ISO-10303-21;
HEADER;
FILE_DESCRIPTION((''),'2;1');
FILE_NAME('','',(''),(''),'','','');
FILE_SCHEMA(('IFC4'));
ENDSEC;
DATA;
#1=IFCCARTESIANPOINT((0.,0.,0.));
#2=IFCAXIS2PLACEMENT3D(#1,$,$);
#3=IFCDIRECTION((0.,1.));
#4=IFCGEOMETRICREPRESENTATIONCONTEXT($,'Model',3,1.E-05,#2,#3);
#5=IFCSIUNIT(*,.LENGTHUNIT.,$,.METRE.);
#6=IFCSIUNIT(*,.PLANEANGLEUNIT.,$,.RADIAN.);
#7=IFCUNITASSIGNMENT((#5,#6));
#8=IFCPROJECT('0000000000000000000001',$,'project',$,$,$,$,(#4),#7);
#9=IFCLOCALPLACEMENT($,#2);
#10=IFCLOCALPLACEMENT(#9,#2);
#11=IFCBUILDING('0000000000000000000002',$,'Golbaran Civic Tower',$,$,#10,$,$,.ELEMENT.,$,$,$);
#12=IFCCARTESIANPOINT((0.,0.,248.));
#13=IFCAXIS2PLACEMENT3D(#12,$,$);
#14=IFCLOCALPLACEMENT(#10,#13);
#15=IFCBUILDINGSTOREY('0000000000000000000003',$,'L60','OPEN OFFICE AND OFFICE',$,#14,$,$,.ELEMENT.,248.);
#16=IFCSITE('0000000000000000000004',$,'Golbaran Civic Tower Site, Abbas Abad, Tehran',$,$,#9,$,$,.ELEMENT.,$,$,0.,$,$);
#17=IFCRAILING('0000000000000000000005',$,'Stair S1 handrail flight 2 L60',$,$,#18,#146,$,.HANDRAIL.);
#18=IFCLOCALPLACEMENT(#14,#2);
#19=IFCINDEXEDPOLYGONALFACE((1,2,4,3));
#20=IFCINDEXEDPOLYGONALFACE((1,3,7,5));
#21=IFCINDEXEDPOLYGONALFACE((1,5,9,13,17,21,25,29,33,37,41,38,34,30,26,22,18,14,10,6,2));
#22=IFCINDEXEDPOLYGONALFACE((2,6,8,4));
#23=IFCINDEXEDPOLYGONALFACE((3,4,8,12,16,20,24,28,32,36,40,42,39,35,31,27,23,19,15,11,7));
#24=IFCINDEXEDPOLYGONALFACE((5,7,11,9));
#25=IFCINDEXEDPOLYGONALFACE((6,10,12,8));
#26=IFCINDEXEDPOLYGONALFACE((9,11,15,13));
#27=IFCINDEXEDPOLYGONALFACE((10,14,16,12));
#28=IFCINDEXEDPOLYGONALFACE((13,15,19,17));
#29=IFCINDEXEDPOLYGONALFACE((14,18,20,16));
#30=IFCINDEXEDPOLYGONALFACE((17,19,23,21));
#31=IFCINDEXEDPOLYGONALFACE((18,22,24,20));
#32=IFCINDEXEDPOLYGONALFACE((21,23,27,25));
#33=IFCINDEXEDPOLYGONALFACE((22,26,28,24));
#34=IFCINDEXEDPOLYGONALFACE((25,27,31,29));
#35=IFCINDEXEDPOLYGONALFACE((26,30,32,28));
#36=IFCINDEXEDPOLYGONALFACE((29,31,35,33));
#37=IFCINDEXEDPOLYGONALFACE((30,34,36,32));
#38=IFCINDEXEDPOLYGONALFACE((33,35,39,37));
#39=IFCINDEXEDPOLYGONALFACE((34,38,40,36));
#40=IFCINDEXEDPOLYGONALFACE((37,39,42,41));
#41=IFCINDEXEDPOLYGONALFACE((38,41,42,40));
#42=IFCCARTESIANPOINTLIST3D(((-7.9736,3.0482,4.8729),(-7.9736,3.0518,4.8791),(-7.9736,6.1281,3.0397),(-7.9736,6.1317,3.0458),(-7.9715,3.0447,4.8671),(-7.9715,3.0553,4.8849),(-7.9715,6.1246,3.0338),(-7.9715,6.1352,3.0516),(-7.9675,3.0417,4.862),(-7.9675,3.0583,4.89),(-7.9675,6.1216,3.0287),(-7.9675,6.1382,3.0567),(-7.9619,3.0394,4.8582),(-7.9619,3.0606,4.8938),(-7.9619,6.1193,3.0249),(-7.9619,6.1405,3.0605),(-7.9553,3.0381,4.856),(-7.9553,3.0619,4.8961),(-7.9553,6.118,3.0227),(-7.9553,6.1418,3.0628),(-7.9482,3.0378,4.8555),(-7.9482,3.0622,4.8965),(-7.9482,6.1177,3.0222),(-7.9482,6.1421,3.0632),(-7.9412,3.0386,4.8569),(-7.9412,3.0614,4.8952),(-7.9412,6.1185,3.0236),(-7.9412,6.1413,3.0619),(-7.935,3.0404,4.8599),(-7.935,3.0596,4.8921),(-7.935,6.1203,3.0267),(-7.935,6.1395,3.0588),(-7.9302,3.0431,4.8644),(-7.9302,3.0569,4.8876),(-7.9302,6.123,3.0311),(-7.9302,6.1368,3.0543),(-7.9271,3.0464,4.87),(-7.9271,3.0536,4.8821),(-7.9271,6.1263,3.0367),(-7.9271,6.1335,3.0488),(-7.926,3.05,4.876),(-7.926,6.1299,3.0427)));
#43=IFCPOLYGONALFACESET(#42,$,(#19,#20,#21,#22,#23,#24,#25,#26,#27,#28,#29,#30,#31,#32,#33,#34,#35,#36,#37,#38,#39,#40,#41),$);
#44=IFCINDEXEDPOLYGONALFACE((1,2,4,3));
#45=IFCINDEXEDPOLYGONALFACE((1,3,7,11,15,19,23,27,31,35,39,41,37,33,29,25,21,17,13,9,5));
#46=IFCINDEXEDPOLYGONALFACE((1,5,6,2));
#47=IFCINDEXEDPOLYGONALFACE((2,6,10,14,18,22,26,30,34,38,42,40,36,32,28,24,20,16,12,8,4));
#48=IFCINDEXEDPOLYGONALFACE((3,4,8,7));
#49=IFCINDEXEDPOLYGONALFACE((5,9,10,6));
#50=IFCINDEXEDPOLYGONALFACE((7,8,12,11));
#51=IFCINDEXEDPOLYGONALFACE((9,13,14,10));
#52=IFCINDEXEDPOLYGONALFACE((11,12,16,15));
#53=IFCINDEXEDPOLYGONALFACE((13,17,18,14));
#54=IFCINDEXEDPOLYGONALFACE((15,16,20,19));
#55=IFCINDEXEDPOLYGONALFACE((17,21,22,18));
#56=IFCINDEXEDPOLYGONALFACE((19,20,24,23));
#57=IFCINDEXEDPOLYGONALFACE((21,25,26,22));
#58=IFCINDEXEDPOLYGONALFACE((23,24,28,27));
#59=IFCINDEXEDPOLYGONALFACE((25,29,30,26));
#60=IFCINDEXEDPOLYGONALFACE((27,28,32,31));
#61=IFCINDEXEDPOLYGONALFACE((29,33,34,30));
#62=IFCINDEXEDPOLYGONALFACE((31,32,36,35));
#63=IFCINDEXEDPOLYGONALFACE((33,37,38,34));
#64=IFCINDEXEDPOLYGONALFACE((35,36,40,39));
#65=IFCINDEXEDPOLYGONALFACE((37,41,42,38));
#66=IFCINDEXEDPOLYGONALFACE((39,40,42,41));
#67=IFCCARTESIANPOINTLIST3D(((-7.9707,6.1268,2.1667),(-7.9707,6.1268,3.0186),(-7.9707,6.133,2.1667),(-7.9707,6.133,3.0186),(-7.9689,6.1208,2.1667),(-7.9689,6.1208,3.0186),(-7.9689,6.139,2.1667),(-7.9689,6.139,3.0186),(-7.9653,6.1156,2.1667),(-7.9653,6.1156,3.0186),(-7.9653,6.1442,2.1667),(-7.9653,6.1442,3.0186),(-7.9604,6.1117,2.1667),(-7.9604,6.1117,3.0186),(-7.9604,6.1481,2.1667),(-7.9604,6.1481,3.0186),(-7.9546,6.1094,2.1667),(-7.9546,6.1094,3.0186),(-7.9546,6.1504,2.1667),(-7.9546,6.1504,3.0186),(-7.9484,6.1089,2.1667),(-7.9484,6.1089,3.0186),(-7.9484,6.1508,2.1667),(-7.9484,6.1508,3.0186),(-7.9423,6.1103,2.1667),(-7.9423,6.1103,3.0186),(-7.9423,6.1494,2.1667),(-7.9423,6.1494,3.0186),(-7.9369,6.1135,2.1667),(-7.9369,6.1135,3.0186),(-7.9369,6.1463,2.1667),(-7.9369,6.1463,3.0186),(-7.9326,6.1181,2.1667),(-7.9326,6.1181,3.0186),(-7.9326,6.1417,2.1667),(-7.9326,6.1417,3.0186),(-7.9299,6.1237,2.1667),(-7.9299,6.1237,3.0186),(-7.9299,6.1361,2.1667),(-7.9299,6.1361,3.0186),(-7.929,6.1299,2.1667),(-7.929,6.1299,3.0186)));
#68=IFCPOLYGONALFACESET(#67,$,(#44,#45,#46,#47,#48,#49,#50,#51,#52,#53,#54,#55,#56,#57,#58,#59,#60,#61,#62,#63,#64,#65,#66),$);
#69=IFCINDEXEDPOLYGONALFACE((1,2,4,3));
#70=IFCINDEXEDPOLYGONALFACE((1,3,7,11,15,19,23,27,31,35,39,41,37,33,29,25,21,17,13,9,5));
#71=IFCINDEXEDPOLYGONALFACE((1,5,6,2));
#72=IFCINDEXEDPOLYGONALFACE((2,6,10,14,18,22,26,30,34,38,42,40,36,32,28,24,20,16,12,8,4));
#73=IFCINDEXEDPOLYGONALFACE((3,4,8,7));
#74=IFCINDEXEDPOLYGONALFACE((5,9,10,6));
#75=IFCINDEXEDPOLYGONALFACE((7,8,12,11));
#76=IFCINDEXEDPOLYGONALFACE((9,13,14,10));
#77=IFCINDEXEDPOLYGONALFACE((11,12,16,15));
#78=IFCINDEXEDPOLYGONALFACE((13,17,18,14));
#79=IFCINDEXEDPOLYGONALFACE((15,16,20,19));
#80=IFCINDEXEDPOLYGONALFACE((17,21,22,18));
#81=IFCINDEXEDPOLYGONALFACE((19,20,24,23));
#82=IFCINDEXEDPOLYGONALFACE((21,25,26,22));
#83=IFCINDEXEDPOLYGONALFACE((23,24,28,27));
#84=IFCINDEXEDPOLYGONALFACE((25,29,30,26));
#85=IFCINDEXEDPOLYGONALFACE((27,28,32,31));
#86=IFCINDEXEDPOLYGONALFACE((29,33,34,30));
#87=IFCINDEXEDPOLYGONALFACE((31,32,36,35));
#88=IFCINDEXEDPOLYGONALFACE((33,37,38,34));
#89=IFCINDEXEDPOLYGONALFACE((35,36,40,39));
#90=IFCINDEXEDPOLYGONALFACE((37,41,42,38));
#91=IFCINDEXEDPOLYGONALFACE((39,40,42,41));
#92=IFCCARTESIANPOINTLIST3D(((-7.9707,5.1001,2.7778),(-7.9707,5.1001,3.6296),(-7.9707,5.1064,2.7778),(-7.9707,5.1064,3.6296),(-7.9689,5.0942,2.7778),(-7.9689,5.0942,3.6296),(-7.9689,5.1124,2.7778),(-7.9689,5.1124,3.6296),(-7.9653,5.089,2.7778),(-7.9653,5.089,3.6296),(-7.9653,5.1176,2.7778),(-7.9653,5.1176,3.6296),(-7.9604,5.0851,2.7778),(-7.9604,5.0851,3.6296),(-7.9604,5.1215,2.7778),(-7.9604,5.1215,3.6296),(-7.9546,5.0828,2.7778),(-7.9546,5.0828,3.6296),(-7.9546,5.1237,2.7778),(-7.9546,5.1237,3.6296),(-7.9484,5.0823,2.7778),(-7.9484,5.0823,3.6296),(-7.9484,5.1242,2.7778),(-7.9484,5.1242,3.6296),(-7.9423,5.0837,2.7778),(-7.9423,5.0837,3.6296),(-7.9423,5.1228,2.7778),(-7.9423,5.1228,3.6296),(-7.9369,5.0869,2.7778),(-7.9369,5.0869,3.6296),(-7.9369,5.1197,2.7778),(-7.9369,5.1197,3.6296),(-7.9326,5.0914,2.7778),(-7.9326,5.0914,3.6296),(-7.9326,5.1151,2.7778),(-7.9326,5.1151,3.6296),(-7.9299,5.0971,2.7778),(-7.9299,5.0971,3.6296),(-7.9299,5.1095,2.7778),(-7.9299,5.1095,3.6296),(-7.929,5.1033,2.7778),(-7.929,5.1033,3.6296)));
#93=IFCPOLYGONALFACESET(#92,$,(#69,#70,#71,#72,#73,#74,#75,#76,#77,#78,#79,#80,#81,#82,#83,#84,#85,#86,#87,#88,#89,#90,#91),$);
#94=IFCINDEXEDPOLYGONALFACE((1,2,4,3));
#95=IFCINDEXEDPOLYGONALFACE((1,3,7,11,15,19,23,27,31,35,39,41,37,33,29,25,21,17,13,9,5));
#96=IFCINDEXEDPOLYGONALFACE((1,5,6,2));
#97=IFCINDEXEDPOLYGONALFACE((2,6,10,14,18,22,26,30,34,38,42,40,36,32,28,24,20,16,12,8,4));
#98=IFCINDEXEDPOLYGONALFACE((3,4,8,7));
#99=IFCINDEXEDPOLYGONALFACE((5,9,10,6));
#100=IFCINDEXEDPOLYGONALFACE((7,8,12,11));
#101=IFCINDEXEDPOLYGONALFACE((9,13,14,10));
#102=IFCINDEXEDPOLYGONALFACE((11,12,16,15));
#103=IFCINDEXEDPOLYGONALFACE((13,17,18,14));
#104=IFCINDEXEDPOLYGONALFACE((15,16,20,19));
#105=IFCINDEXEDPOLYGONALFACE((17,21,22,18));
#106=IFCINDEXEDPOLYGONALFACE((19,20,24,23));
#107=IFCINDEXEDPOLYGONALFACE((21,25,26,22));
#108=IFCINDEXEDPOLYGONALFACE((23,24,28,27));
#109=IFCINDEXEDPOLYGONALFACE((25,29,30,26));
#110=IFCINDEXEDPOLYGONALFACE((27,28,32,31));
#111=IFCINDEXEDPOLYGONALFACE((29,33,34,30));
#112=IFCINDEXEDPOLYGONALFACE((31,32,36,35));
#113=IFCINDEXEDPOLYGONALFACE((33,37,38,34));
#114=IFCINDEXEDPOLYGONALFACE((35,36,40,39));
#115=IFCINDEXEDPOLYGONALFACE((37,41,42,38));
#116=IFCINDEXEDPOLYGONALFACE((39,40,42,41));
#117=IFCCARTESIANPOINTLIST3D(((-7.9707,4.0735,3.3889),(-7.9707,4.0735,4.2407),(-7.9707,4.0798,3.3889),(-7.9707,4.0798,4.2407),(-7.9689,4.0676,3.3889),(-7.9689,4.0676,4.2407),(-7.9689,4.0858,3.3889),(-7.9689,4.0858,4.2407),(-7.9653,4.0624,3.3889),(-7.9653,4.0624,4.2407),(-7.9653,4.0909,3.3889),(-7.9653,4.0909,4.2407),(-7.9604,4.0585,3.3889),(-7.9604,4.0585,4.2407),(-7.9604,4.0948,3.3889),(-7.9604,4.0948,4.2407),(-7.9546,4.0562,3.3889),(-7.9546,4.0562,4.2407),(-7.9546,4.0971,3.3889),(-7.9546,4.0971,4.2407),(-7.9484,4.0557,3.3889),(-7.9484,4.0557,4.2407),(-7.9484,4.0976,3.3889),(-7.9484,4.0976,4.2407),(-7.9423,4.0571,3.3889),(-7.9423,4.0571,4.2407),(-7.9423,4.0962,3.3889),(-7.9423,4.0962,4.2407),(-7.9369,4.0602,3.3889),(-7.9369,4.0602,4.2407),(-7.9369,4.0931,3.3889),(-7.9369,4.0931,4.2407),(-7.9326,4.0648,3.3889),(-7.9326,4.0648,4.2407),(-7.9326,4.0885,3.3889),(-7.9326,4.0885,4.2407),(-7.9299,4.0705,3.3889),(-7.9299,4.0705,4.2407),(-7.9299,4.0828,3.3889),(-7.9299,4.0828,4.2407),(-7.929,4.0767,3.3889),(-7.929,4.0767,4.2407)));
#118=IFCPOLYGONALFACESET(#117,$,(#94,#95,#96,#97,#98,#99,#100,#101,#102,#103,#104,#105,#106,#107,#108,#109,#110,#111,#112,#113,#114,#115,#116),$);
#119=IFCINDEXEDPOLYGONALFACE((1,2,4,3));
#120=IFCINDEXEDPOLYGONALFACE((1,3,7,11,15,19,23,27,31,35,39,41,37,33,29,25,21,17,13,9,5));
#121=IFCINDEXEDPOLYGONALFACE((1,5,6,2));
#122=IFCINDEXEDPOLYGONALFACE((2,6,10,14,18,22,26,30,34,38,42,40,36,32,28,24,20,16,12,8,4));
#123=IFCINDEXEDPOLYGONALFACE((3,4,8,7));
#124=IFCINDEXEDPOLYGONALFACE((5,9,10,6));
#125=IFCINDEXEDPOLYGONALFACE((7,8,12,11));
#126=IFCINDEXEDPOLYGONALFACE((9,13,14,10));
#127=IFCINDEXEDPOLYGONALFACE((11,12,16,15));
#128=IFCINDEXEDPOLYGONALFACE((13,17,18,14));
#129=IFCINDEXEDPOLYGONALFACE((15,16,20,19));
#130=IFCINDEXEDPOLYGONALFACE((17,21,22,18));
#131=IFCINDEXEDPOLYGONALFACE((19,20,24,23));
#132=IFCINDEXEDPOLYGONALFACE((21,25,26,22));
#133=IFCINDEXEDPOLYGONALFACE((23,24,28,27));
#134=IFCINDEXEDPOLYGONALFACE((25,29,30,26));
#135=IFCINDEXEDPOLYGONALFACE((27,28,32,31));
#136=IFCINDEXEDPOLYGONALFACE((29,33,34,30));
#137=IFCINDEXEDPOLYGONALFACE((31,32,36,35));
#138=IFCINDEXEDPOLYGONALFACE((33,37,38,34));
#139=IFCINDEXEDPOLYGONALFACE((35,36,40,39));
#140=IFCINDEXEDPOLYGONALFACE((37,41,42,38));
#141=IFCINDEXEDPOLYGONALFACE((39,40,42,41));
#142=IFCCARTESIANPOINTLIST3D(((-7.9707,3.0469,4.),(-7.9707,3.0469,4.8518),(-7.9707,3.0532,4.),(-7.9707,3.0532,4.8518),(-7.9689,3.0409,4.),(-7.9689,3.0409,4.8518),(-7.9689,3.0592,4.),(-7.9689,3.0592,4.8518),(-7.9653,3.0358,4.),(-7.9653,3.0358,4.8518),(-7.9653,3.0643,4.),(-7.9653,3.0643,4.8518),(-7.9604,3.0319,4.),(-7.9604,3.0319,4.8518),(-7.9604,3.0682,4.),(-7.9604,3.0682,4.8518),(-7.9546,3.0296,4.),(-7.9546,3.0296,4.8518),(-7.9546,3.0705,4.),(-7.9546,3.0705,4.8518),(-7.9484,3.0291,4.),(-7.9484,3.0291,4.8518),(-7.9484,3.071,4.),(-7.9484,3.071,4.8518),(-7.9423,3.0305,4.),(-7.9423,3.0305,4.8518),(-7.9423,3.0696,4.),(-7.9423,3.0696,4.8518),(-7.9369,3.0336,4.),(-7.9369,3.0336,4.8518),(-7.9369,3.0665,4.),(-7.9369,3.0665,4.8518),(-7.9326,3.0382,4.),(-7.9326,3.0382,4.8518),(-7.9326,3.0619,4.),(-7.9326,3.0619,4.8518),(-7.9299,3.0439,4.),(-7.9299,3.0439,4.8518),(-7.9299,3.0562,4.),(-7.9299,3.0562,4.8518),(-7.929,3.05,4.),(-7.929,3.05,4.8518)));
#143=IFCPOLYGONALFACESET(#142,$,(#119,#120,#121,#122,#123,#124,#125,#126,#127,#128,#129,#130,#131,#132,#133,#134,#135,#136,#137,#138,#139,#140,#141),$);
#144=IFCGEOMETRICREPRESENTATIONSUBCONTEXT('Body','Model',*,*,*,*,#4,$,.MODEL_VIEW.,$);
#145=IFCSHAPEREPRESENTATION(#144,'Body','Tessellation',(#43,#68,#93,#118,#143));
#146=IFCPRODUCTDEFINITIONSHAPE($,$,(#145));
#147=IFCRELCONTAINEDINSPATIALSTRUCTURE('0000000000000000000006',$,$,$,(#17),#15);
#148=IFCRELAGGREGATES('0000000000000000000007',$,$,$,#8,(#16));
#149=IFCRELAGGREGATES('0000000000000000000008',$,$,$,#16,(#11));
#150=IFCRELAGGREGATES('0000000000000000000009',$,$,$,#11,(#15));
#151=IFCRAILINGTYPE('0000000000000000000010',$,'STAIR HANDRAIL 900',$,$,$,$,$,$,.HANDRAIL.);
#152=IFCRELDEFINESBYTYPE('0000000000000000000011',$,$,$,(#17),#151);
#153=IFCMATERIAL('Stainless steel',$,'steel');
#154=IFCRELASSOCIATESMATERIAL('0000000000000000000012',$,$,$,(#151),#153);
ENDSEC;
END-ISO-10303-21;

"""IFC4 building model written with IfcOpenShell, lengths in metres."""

from ifc_helpers import new_model, si_unit, direction, frame, origin, origin_2d, place, context, subcontext, project, spatial, circle, extrude, material, type_object, element, save


model = new_model("IFC4")

# Units and contexts
model_context = context("Model", 3, precision=1e-05, world=origin(), true_north=direction((0.0, 1.0)))
body_context = subcontext(model_context, "Body", "Model", "MODEL_VIEW")
ifc_project = project(units=[si_unit("LENGTHUNIT", "METRE"), si_unit("PLANEANGLEUNIT", "RADIAN")], contexts=[model_context])

# Site, building, storey
site_placement = place(None, origin())
site = spatial("IfcSite", under=ifc_project, at=site_placement, Name="Golbaran Civic Tower Site, Abbas Abad, Tehran", CompositionType="ELEMENT", RefElevation=0.0)
building_placement = place(site_placement, origin())
building = spatial("IfcBuilding", under=site, at=building_placement, Name="Golbaran Civic Tower", CompositionType="ELEMENT")
storey_placement = place(building_placement, frame((0.0, 0.0, 248.0)))
storey = spatial("IfcBuildingStorey", under=building, at=storey_placement, Name="L60", Description="OPEN OFFICE AND OFFICE", CompositionType="ELEMENT", Elevation=248.0)

# Shared definitions
ifc_material_1 = material(Name="Stainless steel", Category="steel")

# Railing
railing_type = type_object("IfcRailingType", Name="STAIR HANDRAIL 900", PredefinedType="HANDRAIL", material=ifc_material_1)
railing_1_placement = place(storey_placement, frame((-7.95, 6.1299, 2.1667)))
element("IfcRailing", 1, at=railing_1_placement, inside=storey, type_object=railing_type, Name="Stair S1 handrail flight 2 L60", PredefinedType="HANDRAIL", context=body_context, shape_type="SweptSolid", body=[
    extrude(circle(Radius=0.0239, at=origin_2d()), frame((0.0, 0.0, 0.876), z_axis=(0.0, -0.859291, 0.511487), x_axis=(1.0, 0.0, 0.0)), (0.0, 0.0, 1.0), 3.5842),
    extrude(circle(Radius=0.021, at=origin_2d()), origin(), (0.0, 0.0, 1.0), 0.8518),
    extrude(circle(Radius=0.021, at=origin_2d()), frame((0.0, -1.0266, 0.6111)), (0.0, 0.0, 1.0), 0.8518),
    extrude(circle(Radius=0.021, at=origin_2d()), frame((0.0, -2.0532, 1.2222)), (0.0, 0.0, 1.0), 0.8518),
    extrude(circle(Radius=0.021, at=origin_2d()), frame((0.0, -3.0798, 1.8333)), (0.0, 0.0, 1.0), 0.8518),
])

save(model, "model.ifc")
